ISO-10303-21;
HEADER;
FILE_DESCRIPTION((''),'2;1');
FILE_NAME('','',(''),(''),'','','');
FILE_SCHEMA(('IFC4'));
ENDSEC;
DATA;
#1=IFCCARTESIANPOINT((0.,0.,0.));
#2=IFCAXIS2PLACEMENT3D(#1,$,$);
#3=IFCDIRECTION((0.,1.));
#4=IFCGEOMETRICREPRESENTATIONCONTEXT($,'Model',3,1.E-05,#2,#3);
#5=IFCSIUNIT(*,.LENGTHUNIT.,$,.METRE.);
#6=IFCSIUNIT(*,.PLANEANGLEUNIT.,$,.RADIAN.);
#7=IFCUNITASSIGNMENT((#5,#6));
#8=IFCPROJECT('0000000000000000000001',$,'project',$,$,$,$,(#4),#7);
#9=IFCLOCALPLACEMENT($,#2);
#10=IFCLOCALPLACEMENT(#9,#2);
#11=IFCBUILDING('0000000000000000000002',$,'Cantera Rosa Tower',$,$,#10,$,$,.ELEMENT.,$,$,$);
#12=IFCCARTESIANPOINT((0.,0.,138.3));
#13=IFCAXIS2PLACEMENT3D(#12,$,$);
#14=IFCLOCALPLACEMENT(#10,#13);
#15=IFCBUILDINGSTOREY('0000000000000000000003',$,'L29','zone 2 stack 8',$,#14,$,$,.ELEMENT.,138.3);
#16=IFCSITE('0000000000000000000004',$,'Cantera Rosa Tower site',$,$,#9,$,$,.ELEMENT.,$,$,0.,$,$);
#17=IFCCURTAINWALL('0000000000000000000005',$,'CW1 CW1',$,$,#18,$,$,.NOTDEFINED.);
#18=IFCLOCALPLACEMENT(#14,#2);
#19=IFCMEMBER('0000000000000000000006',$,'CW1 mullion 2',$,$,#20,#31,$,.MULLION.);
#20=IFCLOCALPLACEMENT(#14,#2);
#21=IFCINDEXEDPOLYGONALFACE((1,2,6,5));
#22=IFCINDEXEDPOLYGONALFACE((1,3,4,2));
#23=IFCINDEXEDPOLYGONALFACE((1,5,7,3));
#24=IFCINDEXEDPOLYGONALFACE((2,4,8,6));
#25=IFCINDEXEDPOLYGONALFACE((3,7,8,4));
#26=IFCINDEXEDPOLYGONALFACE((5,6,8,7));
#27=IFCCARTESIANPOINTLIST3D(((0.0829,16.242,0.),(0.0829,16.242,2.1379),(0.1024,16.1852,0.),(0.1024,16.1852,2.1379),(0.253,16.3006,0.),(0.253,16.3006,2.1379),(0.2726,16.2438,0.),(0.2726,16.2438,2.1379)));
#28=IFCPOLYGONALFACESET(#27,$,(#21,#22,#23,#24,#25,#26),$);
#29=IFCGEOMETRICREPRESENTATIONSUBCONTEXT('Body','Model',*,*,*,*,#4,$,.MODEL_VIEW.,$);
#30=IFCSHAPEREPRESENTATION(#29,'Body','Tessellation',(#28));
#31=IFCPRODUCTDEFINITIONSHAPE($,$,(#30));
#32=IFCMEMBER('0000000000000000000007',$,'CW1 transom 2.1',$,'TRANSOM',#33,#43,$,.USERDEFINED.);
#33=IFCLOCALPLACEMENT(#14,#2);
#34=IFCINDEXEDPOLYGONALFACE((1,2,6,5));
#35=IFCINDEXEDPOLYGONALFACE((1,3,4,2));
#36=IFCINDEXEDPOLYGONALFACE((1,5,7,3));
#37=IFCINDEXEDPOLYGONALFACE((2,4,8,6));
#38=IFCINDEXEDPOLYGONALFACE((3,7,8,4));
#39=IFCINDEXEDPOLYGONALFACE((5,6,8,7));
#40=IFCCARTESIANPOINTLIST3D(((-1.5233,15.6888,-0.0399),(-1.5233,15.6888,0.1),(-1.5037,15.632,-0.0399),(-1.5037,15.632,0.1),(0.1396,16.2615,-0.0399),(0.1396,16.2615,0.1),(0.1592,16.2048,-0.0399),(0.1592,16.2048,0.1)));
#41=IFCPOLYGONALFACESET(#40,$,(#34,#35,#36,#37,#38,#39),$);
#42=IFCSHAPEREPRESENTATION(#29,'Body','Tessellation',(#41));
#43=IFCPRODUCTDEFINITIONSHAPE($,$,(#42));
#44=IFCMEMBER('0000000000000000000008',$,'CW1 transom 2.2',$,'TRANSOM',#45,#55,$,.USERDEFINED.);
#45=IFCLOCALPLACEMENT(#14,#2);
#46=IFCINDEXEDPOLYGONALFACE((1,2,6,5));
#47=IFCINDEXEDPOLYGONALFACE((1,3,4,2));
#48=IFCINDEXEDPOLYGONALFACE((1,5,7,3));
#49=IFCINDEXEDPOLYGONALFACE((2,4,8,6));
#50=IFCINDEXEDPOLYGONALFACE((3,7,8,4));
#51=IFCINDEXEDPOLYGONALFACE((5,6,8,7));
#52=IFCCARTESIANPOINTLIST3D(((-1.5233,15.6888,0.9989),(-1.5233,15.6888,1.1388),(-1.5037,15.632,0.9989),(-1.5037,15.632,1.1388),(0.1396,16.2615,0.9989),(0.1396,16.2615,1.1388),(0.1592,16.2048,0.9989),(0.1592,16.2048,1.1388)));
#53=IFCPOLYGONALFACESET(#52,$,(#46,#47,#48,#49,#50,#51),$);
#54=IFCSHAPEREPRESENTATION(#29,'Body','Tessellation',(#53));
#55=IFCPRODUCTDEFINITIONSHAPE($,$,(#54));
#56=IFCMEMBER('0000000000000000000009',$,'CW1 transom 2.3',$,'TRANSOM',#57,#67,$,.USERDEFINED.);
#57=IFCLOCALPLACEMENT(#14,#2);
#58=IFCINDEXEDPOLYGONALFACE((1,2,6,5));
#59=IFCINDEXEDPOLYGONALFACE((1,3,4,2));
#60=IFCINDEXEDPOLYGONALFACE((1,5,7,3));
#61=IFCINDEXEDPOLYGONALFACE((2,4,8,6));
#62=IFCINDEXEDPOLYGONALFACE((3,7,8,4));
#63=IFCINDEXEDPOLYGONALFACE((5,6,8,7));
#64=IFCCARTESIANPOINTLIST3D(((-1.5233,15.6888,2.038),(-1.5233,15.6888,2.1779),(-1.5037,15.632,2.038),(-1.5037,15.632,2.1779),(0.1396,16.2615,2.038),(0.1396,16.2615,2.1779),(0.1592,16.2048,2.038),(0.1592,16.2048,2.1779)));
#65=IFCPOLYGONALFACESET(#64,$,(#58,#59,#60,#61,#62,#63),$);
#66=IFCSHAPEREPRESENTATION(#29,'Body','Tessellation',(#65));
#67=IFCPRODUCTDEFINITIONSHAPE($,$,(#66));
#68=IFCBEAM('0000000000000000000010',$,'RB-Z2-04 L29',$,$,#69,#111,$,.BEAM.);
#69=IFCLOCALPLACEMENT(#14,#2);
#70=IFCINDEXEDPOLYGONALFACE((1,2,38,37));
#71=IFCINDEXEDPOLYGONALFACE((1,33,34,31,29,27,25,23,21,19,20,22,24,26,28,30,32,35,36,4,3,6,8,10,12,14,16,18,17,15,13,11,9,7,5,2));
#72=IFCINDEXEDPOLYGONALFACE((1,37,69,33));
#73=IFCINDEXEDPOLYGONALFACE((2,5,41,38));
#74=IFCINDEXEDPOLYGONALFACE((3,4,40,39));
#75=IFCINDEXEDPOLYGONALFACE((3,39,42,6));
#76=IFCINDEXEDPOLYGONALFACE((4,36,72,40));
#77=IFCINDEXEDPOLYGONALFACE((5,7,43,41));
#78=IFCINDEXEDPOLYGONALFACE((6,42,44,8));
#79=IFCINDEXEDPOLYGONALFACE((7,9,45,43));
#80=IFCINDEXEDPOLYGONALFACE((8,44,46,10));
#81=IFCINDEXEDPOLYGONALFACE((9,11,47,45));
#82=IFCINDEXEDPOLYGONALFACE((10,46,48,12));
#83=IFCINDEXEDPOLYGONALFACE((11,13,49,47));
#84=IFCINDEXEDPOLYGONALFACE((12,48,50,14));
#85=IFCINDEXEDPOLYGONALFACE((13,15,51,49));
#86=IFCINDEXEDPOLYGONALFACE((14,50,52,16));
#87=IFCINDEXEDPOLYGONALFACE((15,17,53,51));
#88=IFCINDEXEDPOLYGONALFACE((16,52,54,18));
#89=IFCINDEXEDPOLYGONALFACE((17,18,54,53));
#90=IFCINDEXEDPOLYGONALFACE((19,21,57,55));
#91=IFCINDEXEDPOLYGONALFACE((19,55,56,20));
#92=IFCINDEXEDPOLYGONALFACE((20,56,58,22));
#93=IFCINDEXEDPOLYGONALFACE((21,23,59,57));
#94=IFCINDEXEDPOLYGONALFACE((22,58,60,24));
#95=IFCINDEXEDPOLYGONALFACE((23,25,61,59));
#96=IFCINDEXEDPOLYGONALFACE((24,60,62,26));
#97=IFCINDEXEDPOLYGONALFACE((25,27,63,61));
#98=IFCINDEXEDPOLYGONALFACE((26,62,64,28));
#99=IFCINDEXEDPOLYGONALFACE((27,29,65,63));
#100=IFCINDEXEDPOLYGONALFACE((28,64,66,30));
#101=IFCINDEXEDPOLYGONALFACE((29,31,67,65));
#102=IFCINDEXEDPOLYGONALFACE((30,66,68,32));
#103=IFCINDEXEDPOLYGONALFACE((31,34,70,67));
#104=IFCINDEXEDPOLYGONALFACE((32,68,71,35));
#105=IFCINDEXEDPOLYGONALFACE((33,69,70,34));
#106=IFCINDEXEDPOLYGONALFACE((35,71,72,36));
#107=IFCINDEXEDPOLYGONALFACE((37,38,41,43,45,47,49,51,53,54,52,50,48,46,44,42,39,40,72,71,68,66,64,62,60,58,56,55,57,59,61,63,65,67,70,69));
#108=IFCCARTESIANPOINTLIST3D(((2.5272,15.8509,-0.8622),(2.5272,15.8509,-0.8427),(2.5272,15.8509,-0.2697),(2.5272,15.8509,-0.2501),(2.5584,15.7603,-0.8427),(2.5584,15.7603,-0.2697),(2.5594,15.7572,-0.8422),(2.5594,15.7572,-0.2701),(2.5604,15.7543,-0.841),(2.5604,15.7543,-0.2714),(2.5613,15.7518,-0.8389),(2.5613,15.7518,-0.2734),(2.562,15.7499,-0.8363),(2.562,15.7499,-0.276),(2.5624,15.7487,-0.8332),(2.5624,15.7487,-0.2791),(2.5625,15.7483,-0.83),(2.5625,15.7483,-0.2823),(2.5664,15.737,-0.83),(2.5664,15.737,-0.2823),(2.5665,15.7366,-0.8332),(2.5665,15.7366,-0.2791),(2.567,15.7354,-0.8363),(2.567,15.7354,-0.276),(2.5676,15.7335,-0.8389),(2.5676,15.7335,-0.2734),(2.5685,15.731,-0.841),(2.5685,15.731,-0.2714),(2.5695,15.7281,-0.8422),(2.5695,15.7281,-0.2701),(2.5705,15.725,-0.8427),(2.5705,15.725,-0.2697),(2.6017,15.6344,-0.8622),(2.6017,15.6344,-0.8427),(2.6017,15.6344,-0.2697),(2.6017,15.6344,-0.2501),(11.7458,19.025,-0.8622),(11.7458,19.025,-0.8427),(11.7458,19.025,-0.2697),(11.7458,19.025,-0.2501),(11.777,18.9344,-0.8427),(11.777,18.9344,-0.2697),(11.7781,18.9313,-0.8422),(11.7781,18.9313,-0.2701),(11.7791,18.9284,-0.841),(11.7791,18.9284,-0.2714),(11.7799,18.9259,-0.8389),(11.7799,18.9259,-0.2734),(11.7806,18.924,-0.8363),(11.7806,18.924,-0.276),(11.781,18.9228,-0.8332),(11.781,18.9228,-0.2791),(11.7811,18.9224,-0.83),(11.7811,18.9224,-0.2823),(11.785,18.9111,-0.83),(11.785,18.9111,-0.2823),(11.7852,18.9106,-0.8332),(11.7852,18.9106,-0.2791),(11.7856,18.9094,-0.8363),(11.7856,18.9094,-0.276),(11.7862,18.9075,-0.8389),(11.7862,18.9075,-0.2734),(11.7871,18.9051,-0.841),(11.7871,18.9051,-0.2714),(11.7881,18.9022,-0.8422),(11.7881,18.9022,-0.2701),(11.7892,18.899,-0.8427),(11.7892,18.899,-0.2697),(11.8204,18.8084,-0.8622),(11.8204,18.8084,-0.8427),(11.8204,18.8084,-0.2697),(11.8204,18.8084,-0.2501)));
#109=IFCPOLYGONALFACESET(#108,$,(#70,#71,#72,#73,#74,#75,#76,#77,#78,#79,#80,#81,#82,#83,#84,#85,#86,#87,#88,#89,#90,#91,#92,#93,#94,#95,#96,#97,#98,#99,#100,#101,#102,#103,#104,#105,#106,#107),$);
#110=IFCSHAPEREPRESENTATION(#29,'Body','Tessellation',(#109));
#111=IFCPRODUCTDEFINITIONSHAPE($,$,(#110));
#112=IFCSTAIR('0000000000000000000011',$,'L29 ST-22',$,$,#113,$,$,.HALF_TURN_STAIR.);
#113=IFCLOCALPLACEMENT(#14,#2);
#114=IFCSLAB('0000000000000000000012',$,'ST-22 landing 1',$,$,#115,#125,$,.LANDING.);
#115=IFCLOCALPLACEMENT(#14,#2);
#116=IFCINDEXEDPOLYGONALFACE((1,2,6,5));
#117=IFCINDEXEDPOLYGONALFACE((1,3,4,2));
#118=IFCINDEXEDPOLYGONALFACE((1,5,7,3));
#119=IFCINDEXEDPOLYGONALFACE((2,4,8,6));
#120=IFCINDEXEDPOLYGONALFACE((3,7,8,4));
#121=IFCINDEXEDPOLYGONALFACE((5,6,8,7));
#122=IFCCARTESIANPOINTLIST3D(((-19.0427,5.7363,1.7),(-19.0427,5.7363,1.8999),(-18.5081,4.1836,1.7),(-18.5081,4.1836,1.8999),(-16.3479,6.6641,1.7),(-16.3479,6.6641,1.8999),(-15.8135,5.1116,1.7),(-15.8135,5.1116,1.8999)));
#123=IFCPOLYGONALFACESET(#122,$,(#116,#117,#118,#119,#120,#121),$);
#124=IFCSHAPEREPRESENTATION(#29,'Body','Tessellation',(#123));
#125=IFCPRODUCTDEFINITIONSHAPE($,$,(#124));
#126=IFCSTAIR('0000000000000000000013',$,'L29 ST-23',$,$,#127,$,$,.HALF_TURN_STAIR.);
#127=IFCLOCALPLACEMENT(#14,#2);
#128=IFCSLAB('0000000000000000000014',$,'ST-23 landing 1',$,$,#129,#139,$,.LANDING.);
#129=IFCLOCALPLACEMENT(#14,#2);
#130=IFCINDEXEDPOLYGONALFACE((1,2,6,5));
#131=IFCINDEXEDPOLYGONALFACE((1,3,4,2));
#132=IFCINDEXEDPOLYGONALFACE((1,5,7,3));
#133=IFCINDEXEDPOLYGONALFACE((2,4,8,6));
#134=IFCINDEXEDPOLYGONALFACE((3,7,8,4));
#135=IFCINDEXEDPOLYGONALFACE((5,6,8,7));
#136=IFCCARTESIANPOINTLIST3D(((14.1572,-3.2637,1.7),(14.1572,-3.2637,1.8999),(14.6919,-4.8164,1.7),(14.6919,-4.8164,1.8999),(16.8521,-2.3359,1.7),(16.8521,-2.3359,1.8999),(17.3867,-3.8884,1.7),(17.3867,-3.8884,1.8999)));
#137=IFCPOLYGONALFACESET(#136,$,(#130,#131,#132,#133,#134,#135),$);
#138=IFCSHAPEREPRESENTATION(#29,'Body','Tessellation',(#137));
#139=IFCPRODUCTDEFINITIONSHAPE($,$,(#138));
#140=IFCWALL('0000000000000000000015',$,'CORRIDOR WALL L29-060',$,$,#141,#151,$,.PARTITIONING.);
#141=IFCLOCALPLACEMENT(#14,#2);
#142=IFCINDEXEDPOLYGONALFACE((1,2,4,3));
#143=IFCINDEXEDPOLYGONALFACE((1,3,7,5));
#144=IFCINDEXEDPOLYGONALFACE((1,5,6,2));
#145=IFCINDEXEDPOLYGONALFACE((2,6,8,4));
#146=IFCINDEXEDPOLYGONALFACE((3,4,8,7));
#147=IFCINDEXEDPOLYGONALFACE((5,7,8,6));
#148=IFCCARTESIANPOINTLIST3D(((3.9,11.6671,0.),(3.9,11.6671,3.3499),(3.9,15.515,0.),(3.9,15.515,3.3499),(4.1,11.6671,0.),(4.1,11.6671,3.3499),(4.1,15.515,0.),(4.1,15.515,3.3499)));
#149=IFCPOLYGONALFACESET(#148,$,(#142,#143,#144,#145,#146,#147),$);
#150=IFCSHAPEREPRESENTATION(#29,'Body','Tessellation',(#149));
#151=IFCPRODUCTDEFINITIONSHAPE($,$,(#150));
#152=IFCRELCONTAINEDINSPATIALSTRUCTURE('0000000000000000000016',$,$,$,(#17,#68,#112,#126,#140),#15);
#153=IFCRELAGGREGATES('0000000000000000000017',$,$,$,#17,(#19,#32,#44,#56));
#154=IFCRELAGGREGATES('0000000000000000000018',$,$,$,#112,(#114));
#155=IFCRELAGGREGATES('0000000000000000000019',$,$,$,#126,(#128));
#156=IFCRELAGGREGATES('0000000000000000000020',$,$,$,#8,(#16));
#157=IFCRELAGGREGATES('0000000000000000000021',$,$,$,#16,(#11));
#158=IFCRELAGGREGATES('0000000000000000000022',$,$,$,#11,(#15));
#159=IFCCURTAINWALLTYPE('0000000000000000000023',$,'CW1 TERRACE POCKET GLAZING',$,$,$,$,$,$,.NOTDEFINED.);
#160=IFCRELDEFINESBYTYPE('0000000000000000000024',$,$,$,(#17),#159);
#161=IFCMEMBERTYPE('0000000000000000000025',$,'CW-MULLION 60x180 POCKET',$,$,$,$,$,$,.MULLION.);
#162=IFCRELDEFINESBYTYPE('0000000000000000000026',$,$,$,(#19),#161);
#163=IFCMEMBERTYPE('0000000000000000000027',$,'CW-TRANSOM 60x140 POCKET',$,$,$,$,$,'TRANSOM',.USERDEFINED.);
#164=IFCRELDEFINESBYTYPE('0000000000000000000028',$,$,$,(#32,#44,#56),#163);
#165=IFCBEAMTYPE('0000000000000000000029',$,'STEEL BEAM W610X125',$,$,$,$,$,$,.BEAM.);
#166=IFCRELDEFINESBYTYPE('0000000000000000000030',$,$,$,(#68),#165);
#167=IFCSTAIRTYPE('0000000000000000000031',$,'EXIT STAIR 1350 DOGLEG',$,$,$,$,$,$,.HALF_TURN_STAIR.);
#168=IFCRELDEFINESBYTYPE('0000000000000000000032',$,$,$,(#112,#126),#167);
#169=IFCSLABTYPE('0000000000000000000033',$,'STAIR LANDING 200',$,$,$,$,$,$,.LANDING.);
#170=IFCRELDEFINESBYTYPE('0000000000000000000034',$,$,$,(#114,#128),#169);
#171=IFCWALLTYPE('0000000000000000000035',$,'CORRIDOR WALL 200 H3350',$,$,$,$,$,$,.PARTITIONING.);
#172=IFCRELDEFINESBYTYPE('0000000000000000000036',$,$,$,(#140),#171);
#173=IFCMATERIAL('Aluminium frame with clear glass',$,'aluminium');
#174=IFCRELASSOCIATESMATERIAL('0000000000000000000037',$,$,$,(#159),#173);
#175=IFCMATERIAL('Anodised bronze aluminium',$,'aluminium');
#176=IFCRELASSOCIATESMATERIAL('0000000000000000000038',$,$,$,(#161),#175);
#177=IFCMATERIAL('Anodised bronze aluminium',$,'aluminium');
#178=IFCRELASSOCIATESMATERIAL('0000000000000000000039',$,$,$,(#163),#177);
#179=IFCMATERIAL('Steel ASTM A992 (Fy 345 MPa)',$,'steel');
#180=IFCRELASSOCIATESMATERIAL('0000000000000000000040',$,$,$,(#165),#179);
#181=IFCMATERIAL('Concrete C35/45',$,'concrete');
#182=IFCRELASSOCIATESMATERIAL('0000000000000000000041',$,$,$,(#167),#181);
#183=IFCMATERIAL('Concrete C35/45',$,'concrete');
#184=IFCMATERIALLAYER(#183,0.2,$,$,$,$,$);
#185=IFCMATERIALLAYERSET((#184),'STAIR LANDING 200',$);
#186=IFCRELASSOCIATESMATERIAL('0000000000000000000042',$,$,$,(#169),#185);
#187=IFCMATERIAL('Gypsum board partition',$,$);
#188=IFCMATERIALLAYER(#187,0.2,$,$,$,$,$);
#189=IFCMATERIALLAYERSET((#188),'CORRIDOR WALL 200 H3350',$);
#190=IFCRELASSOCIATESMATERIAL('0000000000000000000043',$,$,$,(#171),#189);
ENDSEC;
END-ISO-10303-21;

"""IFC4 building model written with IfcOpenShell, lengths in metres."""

from ifc_helpers import new_model, si_unit, direction, frame, frame_2d, origin, origin_2d, place, context, subcontext, project, spatial, polyline, rectangle, i_section, outline, extrude, material, layer, layer_set, material_profile, profile_set, type_object, element, aggregate, save


model = new_model("IFC4")

# Units and contexts
model_context = context("Model", 3, precision=1e-05, world=origin(), true_north=direction((0.0, 1.0)))
body_context = subcontext(model_context, "Body", "Model", "MODEL_VIEW")
ifc_project = project(units=[si_unit("LENGTHUNIT", "METRE"), si_unit("PLANEANGLEUNIT", "RADIAN")], contexts=[model_context])

# Site, building, storey
site_placement = place(None, origin())
site = spatial("IfcSite", under=ifc_project, at=site_placement, Name="Cantera Rosa Tower site", CompositionType="ELEMENT", RefElevation=0.0)
building_placement = place(site_placement, origin())
building = spatial("IfcBuilding", under=site, at=building_placement, Name="Cantera Rosa Tower", CompositionType="ELEMENT")
storey_placement = place(building_placement, frame((0.0, 0.0, 138.3)))
storey = spatial("IfcBuildingStorey", under=building, at=storey_placement, Name="L29", Description="zone 2 stack 8", CompositionType="ELEMENT", Elevation=138.3)

# Curtain wall, members
ifc_material_1 = material(Name="Aluminium frame with clear glass", Category="aluminium")
curtain_wall_type = type_object("IfcCurtainWallType", Name="CW1 TERRACE POCKET GLAZING", PredefinedType="NOTDEFINED", material=ifc_material_1)
curtain_wall_placement = place(storey_placement, origin())
curtain_wall = element("IfcCurtainWall", 1, at=curtain_wall_placement, inside=storey, type_object=curtain_wall_type, Name="CW1 CW1", PredefinedType="NOTDEFINED")
ifc_material_2 = material(Name="Anodised bronze aluminium", Category="aluminium")
ifc_material_profile_1 = material_profile(ifc_material_2, rectangle(XDim=0.0601, YDim=0.1799, at=origin_2d()), Name="CW-MULLION 60x180 POCKET")
ifc_profile_set_1 = profile_set([ifc_material_profile_1], Name="Anodised bronze aluminium")
member_type_1 = type_object("IfcMemberType", Name="CW-MULLION 60x180 POCKET", PredefinedType="MULLION", material=ifc_profile_set_1)
member_1_placement = place(storey_placement, frame((0.1777, 16.2429, 0.0), z_axis=(0.0, 0.0, 1.0), x_axis=(0.325568, -0.945519, 0.0)))
member_1 = element("IfcMember", 2, at=member_1_placement, type_object=member_type_1, Name="CW1 mullion 2", PredefinedType="MULLION", context=body_context, shape_type="SweptSolid", body=[
    extrude(rectangle(XDim=0.0601, YDim=0.1799, at=origin_2d()), origin(), (0.0, 0.0, 1.0), 2.1379),
])
ifc_material_3 = material(Name="Anodised bronze aluminium", Category="aluminium")
ifc_material_profile_2 = material_profile(ifc_material_3, rectangle(XDim=0.0601, YDim=0.1399, at=origin_2d()), Name="CW-TRANSOM 60x140 POCKET")
ifc_profile_set_2 = profile_set([ifc_material_profile_2], Name="Anodised bronze aluminium")
member_type_2 = type_object("IfcMemberType", Name="CW-TRANSOM 60x140 POCKET", ElementType="TRANSOM", PredefinedType="USERDEFINED", material=ifc_profile_set_2)
member_2_placement = place(storey_placement, frame((0.1494, 16.2332, 0.03), z_axis=(-0.945485, -0.325666, 0.0), x_axis=(0.325666, -0.945485, 0.0)))
member_2 = element("IfcMember", 3, at=member_2_placement, type_object=member_type_2, Name="CW1 transom 2.1", ObjectType="TRANSOM", PredefinedType="USERDEFINED", context=body_context, shape_type="SweptSolid", body=[
    extrude(rectangle(XDim=0.0601, YDim=0.1399, at=origin_2d()), origin(), (0.0, 0.0, 1.0), 1.7588),
])
member_3_placement = place(storey_placement, frame((0.1494, 16.2332, 1.0688), z_axis=(-0.945485, -0.325666, 0.0), x_axis=(0.325666, -0.945485, 0.0)))
member_3 = element("IfcMember", 4, at=member_3_placement, type_object=member_type_2, Name="CW1 transom 2.2", ObjectType="TRANSOM", PredefinedType="USERDEFINED", context=body_context, shape_type="SweptSolid", body=[
    extrude(rectangle(XDim=0.0601, YDim=0.1399, at=origin_2d()), origin(), (0.0, 0.0, 1.0), 1.7588),
])
member_4_placement = place(storey_placement, frame((0.1494, 16.2332, 2.1079), z_axis=(-0.945485, -0.325666, 0.0), x_axis=(0.325666, -0.945485, 0.0)))
member_4 = element("IfcMember", 5, at=member_4_placement, type_object=member_type_2, Name="CW1 transom 2.3", ObjectType="TRANSOM", PredefinedType="USERDEFINED", context=body_context, shape_type="SweptSolid", body=[
    extrude(rectangle(XDim=0.0601, YDim=0.1399, at=origin_2d()), origin(), (0.0, 0.0, 1.0), 1.7588),
])
aggregate(curtain_wall, [member_1, member_2, member_3, member_4])

# Beam
ifc_material_4 = material(Name="Steel ASTM A992 (Fy 345 MPa)", Category="steel")
ifc_material_profile_3 = material_profile(ifc_material_4, i_section(OverallWidth=0.229, OverallDepth=0.6121, WebThickness=0.012, FlangeThickness=0.0195, FilletRadius=0.0127, at=origin_2d()), Name="W610X125")
ifc_profile_set_3 = profile_set([ifc_material_profile_3], Name="Steel ASTM A992 (Fy 345 MPa)")
beam_type = type_object("IfcBeamType", Name="STEEL BEAM W610X125", PredefinedType="BEAM", material=ifc_profile_set_3)
beam_placement = place(storey_placement, frame((2.5645, 15.7427, -0.5562), z_axis=(0.945525, 0.32555, 0.0), x_axis=(-0.32555, 0.945525, 0.0)))
element("IfcBeam", 6, at=beam_placement, inside=storey, type_object=beam_type, Name="RB-Z2-04 L29", PredefinedType="BEAM", context=body_context, shape_type="SweptSolid", body=[
    extrude(i_section(OverallWidth=0.229, OverallDepth=0.6121, WebThickness=0.012, FlangeThickness=0.0195, FilletRadius=0.0127, at=origin_2d()), origin(), (0.0, 0.0, 1.0), 9.7498),
])

# Stairs, slabs
ifc_material_5 = material(Name="Concrete C35/45", Category="concrete")
stair_type = type_object("IfcStairType", Name="EXIT STAIR 1350 DOGLEG", PredefinedType="HALF_TURN_STAIR", material=ifc_material_5)
stair_1_placement = place(storey_placement, origin())
stair_1 = element("IfcStair", 7, at=stair_1_placement, inside=storey, type_object=stair_type, Name="L29 ST-22", PredefinedType="HALF_TURN_STAIR")
ifc_material_6 = material(Name="Concrete C35/45", Category="concrete")
ifc_layer_1 = layer(ifc_material_6, 0.2)
ifc_layer_set_1 = layer_set([ifc_layer_1], Name="STAIR LANDING 200")
slab_type = type_object("IfcSlabType", Name="STAIR LANDING 200", PredefinedType="LANDING", material=ifc_layer_set_1)
slab_1_placement = place(storey_placement, frame((0.0, 0.0, 1.7)))
slab_1 = element("IfcSlab", 8, at=slab_1_placement, type_object=slab_type, Name="ST-22 landing 1", PredefinedType="LANDING", context=body_context, shape_type="SweptSolid", body=[
    extrude(outline(polyline([(-15.8135, 5.1116), (-16.3479, 6.6641), (-19.0427, 5.7363), (-18.5081, 4.1836), (-15.8135, 5.1116)])), origin(), (0.0, 0.0, 1.0), 0.2),
])
aggregate(stair_1, [slab_1])
stair_2_placement = place(storey_placement, origin())
stair_2 = element("IfcStair", 9, at=stair_2_placement, inside=storey, type_object=stair_type, Name="L29 ST-23", PredefinedType="HALF_TURN_STAIR")
slab_2_placement = place(storey_placement, frame((0.0, 0.0, 1.7)))
slab_2 = element("IfcSlab", 10, at=slab_2_placement, type_object=slab_type, Name="ST-23 landing 1", PredefinedType="LANDING", context=body_context, shape_type="SweptSolid", body=[
    extrude(outline(polyline([(17.3867, -3.8884), (16.8521, -2.3359), (14.1572, -3.2637), (14.6919, -4.8164), (17.3867, -3.8884)])), origin(), (0.0, 0.0, 1.0), 0.2),
])
aggregate(stair_2, [slab_2])

# Wall
ifc_material_7 = material(Name="Gypsum board partition")
ifc_layer_2 = layer(ifc_material_7, 0.2)
ifc_layer_set_2 = layer_set([ifc_layer_2], Name="CORRIDOR WALL 200 H3350")
wall_type_1 = type_object("IfcWallType", Name="CORRIDOR WALL 200 H3350", PredefinedType="PARTITIONING", material=ifc_layer_set_2)
wall_1_placement = place(storey_placement, frame((4.0, 11.6672, 0.0), z_axis=(0.0, 0.0, 1.0), x_axis=(0.0, 1.0, 0.0)))
element("IfcWall", 11, at=wall_1_placement, inside=storey, type_object=wall_type_1, Name="CORRIDOR WALL L29-060", PredefinedType="PARTITIONING", context=body_context, shape_type="SweptSolid", body=[
    extrude(rectangle(XDim=3.8479, YDim=0.2, at=frame_2d((1.9238, 0.0))), origin(), (0.0, 0.0, 1.0), 3.3499),
])

save(model, "model.ifc")
